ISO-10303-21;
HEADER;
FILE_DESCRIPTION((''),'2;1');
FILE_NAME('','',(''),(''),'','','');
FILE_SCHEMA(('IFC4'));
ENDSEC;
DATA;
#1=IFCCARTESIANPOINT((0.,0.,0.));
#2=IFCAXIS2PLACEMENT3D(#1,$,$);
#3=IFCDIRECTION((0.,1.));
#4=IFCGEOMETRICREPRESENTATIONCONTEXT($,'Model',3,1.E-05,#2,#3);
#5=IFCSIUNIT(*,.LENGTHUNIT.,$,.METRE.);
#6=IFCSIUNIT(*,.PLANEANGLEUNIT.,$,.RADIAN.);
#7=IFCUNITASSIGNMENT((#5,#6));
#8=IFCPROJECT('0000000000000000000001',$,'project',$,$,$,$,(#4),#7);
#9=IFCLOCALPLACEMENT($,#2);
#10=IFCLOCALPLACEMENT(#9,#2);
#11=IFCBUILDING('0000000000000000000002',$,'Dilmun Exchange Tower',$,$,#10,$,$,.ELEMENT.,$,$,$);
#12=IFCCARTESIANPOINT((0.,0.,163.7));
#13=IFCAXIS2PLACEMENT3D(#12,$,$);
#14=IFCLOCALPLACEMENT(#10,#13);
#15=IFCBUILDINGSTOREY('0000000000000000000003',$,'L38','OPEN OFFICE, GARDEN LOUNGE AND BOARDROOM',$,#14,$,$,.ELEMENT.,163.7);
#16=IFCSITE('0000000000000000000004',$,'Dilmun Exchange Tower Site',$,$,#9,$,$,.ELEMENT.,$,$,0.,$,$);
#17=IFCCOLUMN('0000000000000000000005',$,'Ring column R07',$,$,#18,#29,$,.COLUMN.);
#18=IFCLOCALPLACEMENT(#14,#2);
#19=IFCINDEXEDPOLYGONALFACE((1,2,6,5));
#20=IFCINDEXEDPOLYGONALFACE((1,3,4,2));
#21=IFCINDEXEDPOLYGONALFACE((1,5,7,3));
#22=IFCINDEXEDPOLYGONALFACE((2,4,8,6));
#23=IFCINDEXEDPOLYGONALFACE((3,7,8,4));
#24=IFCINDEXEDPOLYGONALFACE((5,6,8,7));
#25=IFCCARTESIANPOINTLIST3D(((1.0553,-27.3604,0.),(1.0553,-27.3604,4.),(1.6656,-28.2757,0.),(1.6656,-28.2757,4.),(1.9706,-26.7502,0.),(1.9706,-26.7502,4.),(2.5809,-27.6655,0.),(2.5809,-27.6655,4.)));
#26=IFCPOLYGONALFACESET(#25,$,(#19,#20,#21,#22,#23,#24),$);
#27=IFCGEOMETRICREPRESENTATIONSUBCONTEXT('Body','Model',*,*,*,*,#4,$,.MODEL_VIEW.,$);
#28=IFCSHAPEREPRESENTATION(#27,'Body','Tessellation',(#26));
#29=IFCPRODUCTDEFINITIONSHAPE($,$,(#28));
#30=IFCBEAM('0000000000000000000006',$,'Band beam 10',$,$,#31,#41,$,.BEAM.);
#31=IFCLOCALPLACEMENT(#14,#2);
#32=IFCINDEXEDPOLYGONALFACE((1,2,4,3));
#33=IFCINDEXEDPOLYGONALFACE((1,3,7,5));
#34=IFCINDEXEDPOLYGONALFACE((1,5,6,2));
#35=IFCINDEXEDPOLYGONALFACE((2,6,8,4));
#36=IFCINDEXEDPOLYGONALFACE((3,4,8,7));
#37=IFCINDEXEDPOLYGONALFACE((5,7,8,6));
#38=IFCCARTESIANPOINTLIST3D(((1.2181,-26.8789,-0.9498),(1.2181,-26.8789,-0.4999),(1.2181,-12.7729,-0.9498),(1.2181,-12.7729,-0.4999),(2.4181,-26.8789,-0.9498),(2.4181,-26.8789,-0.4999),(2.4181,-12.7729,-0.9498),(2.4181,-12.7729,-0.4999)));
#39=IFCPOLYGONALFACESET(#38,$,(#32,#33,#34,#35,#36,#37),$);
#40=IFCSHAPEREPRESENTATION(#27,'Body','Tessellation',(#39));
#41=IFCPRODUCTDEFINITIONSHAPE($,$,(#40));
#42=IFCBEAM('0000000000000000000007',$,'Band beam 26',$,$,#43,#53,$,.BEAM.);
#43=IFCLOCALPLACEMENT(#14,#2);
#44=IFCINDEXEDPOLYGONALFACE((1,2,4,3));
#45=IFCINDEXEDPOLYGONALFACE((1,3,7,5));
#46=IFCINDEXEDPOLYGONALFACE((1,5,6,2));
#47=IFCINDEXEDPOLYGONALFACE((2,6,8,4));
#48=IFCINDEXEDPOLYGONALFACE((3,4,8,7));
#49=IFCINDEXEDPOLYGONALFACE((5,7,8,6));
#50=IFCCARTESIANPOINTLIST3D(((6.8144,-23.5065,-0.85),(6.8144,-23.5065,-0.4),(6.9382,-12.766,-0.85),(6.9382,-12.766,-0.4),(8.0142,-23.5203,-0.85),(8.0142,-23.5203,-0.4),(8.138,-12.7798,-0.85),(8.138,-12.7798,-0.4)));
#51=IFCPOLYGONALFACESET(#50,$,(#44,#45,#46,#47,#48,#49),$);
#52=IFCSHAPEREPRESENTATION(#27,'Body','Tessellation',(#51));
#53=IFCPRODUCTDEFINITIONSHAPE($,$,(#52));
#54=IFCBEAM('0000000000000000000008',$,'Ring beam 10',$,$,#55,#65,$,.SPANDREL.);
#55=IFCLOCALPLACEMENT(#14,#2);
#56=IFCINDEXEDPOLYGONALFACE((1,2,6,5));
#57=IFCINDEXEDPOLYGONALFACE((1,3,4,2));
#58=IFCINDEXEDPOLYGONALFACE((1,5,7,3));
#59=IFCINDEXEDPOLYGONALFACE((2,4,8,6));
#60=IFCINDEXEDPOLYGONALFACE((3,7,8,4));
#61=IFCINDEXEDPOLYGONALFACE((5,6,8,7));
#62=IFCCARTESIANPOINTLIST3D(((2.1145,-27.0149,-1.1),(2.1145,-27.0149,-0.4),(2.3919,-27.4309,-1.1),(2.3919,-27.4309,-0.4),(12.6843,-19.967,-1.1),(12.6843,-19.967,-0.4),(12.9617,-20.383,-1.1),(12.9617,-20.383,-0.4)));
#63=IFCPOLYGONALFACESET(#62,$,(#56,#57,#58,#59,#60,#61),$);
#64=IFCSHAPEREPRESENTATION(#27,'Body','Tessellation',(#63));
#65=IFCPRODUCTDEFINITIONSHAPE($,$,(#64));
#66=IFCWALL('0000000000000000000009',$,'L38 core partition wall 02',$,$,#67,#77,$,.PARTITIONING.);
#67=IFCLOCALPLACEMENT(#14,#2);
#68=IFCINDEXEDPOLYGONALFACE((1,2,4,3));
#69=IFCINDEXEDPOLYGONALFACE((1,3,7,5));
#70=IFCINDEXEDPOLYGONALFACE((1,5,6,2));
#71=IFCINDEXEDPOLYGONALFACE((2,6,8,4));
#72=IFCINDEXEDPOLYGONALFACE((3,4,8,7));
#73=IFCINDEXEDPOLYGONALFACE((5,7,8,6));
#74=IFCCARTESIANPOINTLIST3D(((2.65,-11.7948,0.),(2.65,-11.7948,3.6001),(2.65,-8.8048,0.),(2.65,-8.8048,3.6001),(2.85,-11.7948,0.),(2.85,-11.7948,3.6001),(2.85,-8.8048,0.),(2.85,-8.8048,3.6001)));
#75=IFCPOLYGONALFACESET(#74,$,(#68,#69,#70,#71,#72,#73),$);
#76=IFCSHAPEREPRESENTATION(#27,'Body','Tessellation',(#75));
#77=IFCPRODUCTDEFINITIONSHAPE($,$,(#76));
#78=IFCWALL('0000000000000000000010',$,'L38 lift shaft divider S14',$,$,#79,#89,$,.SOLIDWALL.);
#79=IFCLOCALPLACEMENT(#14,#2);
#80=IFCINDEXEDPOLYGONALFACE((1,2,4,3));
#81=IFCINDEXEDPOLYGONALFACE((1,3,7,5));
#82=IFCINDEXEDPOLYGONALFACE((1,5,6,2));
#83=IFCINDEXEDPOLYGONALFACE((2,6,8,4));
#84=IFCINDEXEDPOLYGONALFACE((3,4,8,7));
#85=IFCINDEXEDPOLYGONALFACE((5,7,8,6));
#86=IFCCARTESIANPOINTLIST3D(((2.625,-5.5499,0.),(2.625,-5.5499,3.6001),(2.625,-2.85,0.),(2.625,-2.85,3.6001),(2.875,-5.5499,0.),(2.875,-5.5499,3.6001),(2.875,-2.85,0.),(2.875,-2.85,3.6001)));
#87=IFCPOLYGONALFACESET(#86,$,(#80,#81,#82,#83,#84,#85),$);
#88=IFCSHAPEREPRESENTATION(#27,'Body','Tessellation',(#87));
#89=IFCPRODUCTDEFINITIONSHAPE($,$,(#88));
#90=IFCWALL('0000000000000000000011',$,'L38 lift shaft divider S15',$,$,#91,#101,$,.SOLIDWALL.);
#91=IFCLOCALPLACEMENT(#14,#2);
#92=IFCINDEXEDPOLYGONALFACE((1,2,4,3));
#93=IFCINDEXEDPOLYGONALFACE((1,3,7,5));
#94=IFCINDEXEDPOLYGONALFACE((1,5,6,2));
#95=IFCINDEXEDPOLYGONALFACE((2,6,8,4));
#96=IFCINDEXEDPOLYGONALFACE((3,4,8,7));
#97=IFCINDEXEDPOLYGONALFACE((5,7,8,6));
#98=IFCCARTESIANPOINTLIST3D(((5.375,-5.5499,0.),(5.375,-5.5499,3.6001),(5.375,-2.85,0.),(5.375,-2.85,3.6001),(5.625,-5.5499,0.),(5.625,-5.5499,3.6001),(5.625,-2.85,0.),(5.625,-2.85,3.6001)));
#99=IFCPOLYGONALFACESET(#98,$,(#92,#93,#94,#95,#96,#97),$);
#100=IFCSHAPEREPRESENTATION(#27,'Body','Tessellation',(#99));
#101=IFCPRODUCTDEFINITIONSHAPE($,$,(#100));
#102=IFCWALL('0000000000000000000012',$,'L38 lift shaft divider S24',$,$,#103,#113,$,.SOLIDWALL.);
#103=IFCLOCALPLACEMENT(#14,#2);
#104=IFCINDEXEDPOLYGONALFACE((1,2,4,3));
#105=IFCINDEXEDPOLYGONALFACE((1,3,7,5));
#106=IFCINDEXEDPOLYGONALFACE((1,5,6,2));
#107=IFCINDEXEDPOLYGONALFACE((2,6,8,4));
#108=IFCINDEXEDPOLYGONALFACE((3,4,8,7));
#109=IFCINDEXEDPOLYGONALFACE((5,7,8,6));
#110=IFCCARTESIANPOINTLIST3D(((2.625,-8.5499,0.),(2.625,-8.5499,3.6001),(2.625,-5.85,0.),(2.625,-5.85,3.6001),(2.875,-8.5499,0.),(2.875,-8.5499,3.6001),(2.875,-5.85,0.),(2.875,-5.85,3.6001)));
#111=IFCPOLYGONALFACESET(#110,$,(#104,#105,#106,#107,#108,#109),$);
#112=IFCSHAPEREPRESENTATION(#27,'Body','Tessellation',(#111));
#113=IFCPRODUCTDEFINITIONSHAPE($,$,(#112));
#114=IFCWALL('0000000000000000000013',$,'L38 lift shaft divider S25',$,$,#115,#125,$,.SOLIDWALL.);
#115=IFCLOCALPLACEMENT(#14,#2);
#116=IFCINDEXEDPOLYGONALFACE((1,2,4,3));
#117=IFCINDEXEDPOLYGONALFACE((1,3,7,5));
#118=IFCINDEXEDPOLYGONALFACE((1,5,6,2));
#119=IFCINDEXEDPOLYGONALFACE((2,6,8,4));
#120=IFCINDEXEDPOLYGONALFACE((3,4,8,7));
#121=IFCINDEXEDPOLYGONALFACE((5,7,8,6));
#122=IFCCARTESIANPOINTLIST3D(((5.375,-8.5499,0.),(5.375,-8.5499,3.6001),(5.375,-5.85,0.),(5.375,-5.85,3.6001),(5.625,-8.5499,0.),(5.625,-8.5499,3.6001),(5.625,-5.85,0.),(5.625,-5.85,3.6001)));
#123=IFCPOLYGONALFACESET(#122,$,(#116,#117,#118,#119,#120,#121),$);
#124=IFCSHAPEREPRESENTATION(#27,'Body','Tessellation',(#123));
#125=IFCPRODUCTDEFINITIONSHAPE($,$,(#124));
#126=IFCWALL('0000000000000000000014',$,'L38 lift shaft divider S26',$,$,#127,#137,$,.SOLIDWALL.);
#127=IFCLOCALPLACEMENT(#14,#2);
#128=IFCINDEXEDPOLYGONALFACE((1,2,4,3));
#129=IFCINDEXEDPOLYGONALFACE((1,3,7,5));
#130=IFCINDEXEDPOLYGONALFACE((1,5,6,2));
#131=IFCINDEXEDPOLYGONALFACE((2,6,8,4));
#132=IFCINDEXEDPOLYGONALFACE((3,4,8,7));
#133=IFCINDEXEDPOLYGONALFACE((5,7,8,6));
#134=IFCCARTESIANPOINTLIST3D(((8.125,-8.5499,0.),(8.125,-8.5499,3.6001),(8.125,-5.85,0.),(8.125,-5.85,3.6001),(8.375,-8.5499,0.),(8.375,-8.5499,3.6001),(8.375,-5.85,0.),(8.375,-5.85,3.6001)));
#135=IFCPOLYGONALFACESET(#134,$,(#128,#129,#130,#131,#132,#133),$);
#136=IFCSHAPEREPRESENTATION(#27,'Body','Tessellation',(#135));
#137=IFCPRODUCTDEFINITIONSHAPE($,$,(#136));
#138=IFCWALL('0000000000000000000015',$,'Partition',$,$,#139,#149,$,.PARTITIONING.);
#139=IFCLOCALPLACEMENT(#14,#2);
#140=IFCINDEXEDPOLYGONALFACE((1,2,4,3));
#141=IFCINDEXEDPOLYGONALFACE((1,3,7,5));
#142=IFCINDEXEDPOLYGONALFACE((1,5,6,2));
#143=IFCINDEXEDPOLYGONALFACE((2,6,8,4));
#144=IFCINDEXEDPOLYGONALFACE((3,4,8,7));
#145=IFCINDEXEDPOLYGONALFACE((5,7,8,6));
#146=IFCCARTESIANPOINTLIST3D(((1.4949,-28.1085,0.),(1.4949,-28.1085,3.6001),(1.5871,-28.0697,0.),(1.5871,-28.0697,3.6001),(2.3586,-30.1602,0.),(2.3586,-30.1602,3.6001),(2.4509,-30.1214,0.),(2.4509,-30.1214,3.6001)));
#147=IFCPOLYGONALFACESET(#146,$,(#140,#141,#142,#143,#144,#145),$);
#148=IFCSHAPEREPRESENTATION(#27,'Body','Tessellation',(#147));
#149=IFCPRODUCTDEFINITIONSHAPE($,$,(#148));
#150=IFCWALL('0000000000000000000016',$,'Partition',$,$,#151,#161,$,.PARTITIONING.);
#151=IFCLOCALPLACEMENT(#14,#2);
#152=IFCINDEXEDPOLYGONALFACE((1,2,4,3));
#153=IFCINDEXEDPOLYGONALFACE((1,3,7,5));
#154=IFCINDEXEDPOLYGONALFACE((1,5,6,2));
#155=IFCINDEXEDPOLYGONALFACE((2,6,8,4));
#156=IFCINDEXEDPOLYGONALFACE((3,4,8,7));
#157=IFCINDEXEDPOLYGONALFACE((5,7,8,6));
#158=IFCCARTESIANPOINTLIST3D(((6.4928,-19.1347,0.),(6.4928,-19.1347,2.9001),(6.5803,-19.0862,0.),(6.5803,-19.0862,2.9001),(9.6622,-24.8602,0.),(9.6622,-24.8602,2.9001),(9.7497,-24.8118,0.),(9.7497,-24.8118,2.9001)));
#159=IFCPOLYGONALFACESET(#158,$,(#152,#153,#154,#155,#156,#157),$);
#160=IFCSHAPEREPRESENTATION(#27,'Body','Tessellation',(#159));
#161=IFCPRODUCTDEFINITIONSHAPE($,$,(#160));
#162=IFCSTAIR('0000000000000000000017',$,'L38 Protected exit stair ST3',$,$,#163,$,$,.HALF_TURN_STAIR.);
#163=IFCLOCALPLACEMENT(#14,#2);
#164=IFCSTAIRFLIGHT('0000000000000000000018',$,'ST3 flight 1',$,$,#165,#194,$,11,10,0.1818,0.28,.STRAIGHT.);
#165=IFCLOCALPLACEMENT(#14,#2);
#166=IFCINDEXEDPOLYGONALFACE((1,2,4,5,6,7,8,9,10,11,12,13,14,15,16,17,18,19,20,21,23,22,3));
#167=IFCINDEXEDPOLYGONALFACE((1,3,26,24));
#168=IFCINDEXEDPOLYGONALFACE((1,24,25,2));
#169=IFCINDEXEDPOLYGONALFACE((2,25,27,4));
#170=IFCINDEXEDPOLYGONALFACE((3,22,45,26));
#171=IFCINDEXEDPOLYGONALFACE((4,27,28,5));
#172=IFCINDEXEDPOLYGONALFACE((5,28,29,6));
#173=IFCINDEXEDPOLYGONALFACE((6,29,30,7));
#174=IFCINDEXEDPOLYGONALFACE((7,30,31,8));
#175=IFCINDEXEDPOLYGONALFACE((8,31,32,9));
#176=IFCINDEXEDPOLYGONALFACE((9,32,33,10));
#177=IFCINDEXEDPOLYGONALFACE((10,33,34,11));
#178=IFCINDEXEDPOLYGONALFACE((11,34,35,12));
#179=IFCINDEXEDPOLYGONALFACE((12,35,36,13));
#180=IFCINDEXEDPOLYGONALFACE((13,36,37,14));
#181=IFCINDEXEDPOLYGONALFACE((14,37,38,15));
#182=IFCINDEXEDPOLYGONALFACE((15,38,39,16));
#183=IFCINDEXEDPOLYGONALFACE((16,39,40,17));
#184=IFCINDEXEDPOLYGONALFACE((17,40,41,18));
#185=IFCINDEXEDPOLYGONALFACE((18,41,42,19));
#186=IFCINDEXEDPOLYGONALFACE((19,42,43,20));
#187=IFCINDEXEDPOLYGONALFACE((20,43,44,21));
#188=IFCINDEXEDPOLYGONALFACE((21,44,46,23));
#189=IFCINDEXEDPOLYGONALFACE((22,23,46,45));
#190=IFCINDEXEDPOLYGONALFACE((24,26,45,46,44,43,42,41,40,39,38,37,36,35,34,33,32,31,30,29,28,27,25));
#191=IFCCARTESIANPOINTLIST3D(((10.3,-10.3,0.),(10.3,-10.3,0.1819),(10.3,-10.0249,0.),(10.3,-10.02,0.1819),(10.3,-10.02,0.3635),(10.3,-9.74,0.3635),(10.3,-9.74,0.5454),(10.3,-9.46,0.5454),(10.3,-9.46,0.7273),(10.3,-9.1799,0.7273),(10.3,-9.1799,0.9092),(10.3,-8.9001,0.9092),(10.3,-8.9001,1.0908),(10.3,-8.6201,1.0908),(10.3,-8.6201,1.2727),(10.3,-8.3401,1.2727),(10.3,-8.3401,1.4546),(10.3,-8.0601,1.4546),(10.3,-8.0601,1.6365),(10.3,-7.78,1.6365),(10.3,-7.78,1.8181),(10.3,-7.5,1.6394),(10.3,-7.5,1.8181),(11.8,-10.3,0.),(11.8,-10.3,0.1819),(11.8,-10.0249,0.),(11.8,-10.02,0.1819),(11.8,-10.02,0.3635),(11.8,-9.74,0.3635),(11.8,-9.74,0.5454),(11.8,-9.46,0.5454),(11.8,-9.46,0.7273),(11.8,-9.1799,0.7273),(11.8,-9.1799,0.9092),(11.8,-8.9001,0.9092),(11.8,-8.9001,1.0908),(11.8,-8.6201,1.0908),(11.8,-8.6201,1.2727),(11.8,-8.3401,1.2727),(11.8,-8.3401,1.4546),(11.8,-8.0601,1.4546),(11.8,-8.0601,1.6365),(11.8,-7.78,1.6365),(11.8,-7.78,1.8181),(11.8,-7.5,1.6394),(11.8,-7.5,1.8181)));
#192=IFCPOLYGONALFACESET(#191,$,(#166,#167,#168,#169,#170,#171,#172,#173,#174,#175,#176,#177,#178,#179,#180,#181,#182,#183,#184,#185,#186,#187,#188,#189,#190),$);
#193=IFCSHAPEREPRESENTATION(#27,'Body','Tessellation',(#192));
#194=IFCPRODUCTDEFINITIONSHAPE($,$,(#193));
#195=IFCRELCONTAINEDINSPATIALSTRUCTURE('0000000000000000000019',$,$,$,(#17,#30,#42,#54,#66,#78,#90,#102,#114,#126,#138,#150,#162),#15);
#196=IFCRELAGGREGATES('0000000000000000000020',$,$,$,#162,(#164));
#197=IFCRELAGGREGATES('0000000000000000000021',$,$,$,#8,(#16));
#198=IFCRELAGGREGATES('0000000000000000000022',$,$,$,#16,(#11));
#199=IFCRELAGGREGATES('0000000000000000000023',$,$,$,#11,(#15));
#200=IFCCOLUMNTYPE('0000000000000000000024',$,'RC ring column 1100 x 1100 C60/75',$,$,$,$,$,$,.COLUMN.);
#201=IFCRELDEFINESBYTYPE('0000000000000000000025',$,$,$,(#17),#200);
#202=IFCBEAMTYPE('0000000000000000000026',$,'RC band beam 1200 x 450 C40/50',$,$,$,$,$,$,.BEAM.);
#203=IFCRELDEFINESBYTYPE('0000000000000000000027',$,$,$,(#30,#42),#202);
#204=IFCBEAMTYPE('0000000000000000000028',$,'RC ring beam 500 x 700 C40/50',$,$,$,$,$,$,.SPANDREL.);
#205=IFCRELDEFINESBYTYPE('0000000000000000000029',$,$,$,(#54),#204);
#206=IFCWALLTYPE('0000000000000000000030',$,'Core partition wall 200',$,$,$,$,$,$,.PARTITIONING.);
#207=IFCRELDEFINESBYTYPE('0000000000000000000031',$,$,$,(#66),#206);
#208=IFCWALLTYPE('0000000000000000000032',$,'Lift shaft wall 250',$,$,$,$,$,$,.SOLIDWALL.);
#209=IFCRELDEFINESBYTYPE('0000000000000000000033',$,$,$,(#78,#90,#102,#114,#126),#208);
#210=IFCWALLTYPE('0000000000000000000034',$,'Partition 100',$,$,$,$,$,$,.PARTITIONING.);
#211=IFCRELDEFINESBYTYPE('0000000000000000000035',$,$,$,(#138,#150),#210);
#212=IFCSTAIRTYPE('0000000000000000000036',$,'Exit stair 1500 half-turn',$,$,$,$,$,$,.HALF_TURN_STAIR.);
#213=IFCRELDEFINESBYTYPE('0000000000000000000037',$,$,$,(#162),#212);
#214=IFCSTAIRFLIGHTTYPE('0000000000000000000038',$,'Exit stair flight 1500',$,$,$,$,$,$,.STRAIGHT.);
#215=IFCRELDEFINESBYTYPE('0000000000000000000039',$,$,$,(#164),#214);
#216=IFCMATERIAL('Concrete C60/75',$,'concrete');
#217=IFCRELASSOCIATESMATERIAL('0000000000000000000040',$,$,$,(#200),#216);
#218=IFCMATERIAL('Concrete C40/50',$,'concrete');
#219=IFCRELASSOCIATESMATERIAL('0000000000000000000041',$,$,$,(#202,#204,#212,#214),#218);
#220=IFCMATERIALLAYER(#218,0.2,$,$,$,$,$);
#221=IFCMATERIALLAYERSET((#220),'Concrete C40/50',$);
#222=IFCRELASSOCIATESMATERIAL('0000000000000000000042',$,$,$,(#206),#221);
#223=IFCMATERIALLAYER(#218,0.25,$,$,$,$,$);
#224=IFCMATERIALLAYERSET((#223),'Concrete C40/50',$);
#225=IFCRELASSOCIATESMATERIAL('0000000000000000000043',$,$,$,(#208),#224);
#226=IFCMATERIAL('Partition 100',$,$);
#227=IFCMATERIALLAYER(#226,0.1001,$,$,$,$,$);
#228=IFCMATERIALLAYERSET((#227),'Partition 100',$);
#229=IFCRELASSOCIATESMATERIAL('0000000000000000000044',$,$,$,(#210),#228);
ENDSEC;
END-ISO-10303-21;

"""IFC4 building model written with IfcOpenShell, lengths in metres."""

from ifc_helpers import new_model, si_unit, direction, frame, frame_2d, origin, origin_2d, place, context, subcontext, project, spatial, polyline, rectangle, outline, extrude, material, layer, layer_set, material_profile, profile_set, type_object, element, aggregate, save


model = new_model("IFC4")

# Units and contexts
model_context = context("Model", 3, precision=1e-05, world=origin(), true_north=direction((0.0, 1.0)))
body_context = subcontext(model_context, "Body", "Model", "MODEL_VIEW")
ifc_project = project(units=[si_unit("LENGTHUNIT", "METRE"), si_unit("PLANEANGLEUNIT", "RADIAN")], contexts=[model_context])

# Site, building, storey
site_placement = place(None, origin())
site = spatial("IfcSite", under=ifc_project, at=site_placement, Name="Dilmun Exchange Tower Site", CompositionType="ELEMENT", RefElevation=0.0)
building_placement = place(site_placement, origin())
building = spatial("IfcBuilding", under=site, at=building_placement, Name="Dilmun Exchange Tower", CompositionType="ELEMENT")
storey_placement = place(building_placement, frame((0.0, 0.0, 163.7)))
storey = spatial("IfcBuildingStorey", under=building, at=storey_placement, Name="L38", Description="OPEN OFFICE, GARDEN LOUNGE AND BOARDROOM", CompositionType="ELEMENT", Elevation=163.7)

# Column
ifc_material_1 = material(Name="Concrete C60/75", Category="concrete")
ifc_material_profile_1 = material_profile(ifc_material_1, rectangle(XDim=1.1001, YDim=1.1001, at=origin_2d()), Name="1100 x 1100")
ifc_profile_set_1 = profile_set([ifc_material_profile_1], Name="Concrete C60/75")
column_type = type_object("IfcColumnType", Name="RC ring column 1100 x 1100 C60/75", PredefinedType="COLUMN", material=ifc_profile_set_1)
column_placement = place(storey_placement, frame((1.8181, -27.5129, 0.0), z_axis=(0.0, 0.0, 1.0), x_axis=(0.832029, 0.554733, 0.0)))
element("IfcColumn", 1, at=column_placement, inside=storey, type_object=column_type, Name="Ring column R07", PredefinedType="COLUMN", context=body_context, shape_type="SweptSolid", body=[
    extrude(rectangle(XDim=1.1001, YDim=1.1001, at=origin_2d()), origin(), (0.0, 0.0, 1.0), 4.0),
])

# Beams
ifc_material_2 = material(Name="Concrete C40/50", Category="concrete")
ifc_material_profile_2 = material_profile(ifc_material_2, rectangle(XDim=1.2, YDim=0.45, at=origin_2d()), Name="1200 x 450")
ifc_profile_set_2 = profile_set([ifc_material_profile_2], Name="Concrete C40/50")
beam_type_1 = type_object("IfcBeamType", Name="RC band beam 1200 x 450 C40/50", PredefinedType="BEAM", material=ifc_profile_set_2)
beam_1_placement = place(storey_placement, frame((1.8181, -26.8789, -0.7249), z_axis=(0.0, 1.0, 0.0), x_axis=(-1.0, 0.0, 0.0)))
element("IfcBeam", 2, at=beam_1_placement, inside=storey, type_object=beam_type_1, Name="Band beam 10", PredefinedType="BEAM", context=body_context, shape_type="SweptSolid", body=[
    extrude(rectangle(XDim=1.2, YDim=0.45, at=origin_2d()), origin(), (0.0, 0.0, 1.0), 14.106),
])
beam_2_placement = place(storey_placement, frame((7.4143, -23.5134, -0.625), z_axis=(0.011524, 0.999934, 0.0), x_axis=(-0.999934, 0.011524, 0.0)))
element("IfcBeam", 3, at=beam_2_placement, inside=storey, type_object=beam_type_1, Name="Band beam 26", PredefinedType="BEAM", context=body_context, shape_type="SweptSolid", body=[
    extrude(rectangle(XDim=1.2, YDim=0.45, at=origin_2d()), origin(), (0.0, 0.0, 1.0), 10.7412),
])
ifc_material_profile_3 = material_profile(ifc_material_2, rectangle(XDim=0.5, YDim=0.7, at=origin_2d()), Name="500 x 700")
ifc_profile_set_3 = profile_set([ifc_material_profile_3], Name="Concrete C40/50")
beam_type_2 = type_object("IfcBeamType", Name="RC ring beam 500 x 700 C40/50", PredefinedType="SPANDREL", material=ifc_profile_set_3)
beam_3_placement = place(storey_placement, frame((2.2532, -27.2229, -0.75), z_axis=(0.832003, 0.554771, 0.0), x_axis=(-0.554771, 0.832003, 0.0)))
element("IfcBeam", 4, at=beam_3_placement, inside=storey, type_object=beam_type_2, Name="Ring beam 10", PredefinedType="SPANDREL", context=body_context, shape_type="SweptSolid", body=[
    extrude(rectangle(XDim=0.5, YDim=0.7, at=origin_2d()), origin(), (0.0, 0.0, 1.0), 12.7041),
])

# Walls
ifc_layer_1 = layer(ifc_material_2, 0.2)
ifc_layer_set_1 = layer_set([ifc_layer_1], Name="Concrete C40/50")
wall_type_1 = type_object("IfcWallType", Name="Core partition wall 200", PredefinedType="PARTITIONING", material=ifc_layer_set_1)
wall_1_placement = place(storey_placement, frame((2.75, -11.7949, 0.0), z_axis=(0.0, 0.0, 1.0), x_axis=(0.0, 1.0, 0.0)))
element("IfcWall", 5, at=wall_1_placement, inside=storey, type_object=wall_type_1, Name="L38 core partition wall 02", PredefinedType="PARTITIONING", context=body_context, shape_type="SweptSolid", body=[
    extrude(rectangle(XDim=2.99, YDim=0.2, at=frame_2d((1.4951, 0.0))), origin(), (0.0, 0.0, 1.0), 3.6001),
])
ifc_layer_2 = layer(ifc_material_2, 0.25)
ifc_layer_set_2 = layer_set([ifc_layer_2], Name="Concrete C40/50")
wall_type_2 = type_object("IfcWallType", Name="Lift shaft wall 250", PredefinedType="SOLIDWALL", material=ifc_layer_set_2)
for number, where, z_axis, x_axis, name in (
    (6, (2.75, -5.55, 0.0), (0.0, 0.0, 1.0), (0.0, 1.0, 0.0), "L38 lift shaft divider S14"),
    (7, (5.5, -5.55, 0.0), (0.0, 0.0, 1.0), (0.0, 1.0, 0.0), "L38 lift shaft divider S15"),
    (8, (2.75, -8.55, 0.0), (0.0, 0.0, 1.0), (0.0, 1.0, 0.0), "L38 lift shaft divider S24"),
    (9, (5.5, -8.55, 0.0), (0.0, 0.0, 1.0), (0.0, 1.0, 0.0), "L38 lift shaft divider S25"),
    (10, (8.25, -8.55, 0.0), (0.0, 0.0, 1.0), (0.0, 1.0, 0.0), "L38 lift shaft divider S26"),
):
    element("IfcWall", number, at=place(storey_placement, frame(where, z_axis=z_axis, x_axis=x_axis)), inside=storey, type_object=wall_type_2, Name=name, PredefinedType="SOLIDWALL", context=body_context, shape_type="SweptSolid", body=[
        extrude(rectangle(XDim=2.7, YDim=0.25, at=frame_2d((1.3501, 0.0))), origin(), (0.0, 0.0, 1.0), 3.6001),
    ])
ifc_material_3 = material(Name="Partition 100")
ifc_layer_3 = layer(ifc_material_3, 0.1001)
ifc_layer_set_3 = layer_set([ifc_layer_3], Name="Partition 100")
wall_type_3 = type_object("IfcWallType", Name="Partition 100", PredefinedType="PARTITIONING", material=ifc_layer_set_3)
wall_2_placement = place(storey_placement, frame((1.541, -28.0891, 0.0), z_axis=(0.0, 0.0, 1.0), x_axis=(0.388008, -0.921656, 0.0)))
element("IfcWall", 11, at=wall_2_placement, inside=storey, type_object=wall_type_3, Name="Partition", PredefinedType="PARTITIONING", context=body_context, shape_type="SweptSolid", body=[
    extrude(rectangle(XDim=2.2261, YDim=0.1001, at=frame_2d((1.113, 0.0))), origin(), (0.0, 0.0, 1.0), 3.6001),
])
wall_3_placement = place(storey_placement, frame((6.5366, -19.1106, 0.0), z_axis=(0.0, 0.0, 1.0), x_axis=(0.484306, -0.874899, 0.0)))
element("IfcWall", 12, at=wall_3_placement, inside=storey, type_object=wall_type_3, Name="Partition", PredefinedType="PARTITIONING", context=body_context, shape_type="SweptSolid", body=[
    extrude(rectangle(XDim=6.5442, YDim=0.1001, at=frame_2d((3.272, 0.0))), origin(), (0.0, 0.0, 1.0), 2.9001),
])

# Stair, stair flight
stair_type = type_object("IfcStairType", Name="Exit stair 1500 half-turn", PredefinedType="HALF_TURN_STAIR", material=ifc_material_2)
stair_placement = place(storey_placement, origin())
stair = element("IfcStair", 13, at=stair_placement, inside=storey, type_object=stair_type, Name="L38 Protected exit stair ST3", PredefinedType="HALF_TURN_STAIR")
stair_flight_type = type_object("IfcStairFlightType", Name="Exit stair flight 1500", PredefinedType="STRAIGHT", material=ifc_material_2)
stair_flight_1_placement = place(storey_placement, frame((11.05, -10.3, 0.0), z_axis=(0.0, 0.0, 1.0), x_axis=(0.0, 1.0, 0.0)))
stair_flight_1 = element("IfcStairFlight", 14, at=stair_flight_1_placement, type_object=stair_flight_type, Name="ST3 flight 1", NumberOfRisers=11, NumberOfTreads=10, PredefinedType="STRAIGHT", RiserHeight=0.1818, TreadLength=0.28, context=body_context, shape_type="SweptSolid", body=[
    extrude(outline(polyline([(0.0, 0.0), (0.0, 0.1819), (0.28, 0.1819), (0.28, 0.3635), (0.5601, 0.3635), (0.5601, 0.5454), (0.8401, 0.5454), (0.8401, 0.7273), (1.1201, 0.7273), (1.1201, 0.9092), (1.3999, 0.9092), (1.3999, 1.0908), (1.6799, 1.0908), (1.6799, 1.2727), (1.96, 1.2727), (1.96, 1.4546), (2.24, 1.4546), (2.24, 1.6365), (2.52, 1.6365), (2.52, 1.8181), (2.8, 1.8181), (2.8, 2.0), (2.8, 1.6394), (0.2751, 0.0), (0.0, 0.0)])), frame((0.0, 0.75, 0.0), z_axis=(0.0, -1.0, 0.0), x_axis=(1.0, 0.0, 0.0)), (0.0, 0.0, 1.0), 1.5),
])
aggregate(stair, [stair_flight_1])

save(model, "model.ifc")
